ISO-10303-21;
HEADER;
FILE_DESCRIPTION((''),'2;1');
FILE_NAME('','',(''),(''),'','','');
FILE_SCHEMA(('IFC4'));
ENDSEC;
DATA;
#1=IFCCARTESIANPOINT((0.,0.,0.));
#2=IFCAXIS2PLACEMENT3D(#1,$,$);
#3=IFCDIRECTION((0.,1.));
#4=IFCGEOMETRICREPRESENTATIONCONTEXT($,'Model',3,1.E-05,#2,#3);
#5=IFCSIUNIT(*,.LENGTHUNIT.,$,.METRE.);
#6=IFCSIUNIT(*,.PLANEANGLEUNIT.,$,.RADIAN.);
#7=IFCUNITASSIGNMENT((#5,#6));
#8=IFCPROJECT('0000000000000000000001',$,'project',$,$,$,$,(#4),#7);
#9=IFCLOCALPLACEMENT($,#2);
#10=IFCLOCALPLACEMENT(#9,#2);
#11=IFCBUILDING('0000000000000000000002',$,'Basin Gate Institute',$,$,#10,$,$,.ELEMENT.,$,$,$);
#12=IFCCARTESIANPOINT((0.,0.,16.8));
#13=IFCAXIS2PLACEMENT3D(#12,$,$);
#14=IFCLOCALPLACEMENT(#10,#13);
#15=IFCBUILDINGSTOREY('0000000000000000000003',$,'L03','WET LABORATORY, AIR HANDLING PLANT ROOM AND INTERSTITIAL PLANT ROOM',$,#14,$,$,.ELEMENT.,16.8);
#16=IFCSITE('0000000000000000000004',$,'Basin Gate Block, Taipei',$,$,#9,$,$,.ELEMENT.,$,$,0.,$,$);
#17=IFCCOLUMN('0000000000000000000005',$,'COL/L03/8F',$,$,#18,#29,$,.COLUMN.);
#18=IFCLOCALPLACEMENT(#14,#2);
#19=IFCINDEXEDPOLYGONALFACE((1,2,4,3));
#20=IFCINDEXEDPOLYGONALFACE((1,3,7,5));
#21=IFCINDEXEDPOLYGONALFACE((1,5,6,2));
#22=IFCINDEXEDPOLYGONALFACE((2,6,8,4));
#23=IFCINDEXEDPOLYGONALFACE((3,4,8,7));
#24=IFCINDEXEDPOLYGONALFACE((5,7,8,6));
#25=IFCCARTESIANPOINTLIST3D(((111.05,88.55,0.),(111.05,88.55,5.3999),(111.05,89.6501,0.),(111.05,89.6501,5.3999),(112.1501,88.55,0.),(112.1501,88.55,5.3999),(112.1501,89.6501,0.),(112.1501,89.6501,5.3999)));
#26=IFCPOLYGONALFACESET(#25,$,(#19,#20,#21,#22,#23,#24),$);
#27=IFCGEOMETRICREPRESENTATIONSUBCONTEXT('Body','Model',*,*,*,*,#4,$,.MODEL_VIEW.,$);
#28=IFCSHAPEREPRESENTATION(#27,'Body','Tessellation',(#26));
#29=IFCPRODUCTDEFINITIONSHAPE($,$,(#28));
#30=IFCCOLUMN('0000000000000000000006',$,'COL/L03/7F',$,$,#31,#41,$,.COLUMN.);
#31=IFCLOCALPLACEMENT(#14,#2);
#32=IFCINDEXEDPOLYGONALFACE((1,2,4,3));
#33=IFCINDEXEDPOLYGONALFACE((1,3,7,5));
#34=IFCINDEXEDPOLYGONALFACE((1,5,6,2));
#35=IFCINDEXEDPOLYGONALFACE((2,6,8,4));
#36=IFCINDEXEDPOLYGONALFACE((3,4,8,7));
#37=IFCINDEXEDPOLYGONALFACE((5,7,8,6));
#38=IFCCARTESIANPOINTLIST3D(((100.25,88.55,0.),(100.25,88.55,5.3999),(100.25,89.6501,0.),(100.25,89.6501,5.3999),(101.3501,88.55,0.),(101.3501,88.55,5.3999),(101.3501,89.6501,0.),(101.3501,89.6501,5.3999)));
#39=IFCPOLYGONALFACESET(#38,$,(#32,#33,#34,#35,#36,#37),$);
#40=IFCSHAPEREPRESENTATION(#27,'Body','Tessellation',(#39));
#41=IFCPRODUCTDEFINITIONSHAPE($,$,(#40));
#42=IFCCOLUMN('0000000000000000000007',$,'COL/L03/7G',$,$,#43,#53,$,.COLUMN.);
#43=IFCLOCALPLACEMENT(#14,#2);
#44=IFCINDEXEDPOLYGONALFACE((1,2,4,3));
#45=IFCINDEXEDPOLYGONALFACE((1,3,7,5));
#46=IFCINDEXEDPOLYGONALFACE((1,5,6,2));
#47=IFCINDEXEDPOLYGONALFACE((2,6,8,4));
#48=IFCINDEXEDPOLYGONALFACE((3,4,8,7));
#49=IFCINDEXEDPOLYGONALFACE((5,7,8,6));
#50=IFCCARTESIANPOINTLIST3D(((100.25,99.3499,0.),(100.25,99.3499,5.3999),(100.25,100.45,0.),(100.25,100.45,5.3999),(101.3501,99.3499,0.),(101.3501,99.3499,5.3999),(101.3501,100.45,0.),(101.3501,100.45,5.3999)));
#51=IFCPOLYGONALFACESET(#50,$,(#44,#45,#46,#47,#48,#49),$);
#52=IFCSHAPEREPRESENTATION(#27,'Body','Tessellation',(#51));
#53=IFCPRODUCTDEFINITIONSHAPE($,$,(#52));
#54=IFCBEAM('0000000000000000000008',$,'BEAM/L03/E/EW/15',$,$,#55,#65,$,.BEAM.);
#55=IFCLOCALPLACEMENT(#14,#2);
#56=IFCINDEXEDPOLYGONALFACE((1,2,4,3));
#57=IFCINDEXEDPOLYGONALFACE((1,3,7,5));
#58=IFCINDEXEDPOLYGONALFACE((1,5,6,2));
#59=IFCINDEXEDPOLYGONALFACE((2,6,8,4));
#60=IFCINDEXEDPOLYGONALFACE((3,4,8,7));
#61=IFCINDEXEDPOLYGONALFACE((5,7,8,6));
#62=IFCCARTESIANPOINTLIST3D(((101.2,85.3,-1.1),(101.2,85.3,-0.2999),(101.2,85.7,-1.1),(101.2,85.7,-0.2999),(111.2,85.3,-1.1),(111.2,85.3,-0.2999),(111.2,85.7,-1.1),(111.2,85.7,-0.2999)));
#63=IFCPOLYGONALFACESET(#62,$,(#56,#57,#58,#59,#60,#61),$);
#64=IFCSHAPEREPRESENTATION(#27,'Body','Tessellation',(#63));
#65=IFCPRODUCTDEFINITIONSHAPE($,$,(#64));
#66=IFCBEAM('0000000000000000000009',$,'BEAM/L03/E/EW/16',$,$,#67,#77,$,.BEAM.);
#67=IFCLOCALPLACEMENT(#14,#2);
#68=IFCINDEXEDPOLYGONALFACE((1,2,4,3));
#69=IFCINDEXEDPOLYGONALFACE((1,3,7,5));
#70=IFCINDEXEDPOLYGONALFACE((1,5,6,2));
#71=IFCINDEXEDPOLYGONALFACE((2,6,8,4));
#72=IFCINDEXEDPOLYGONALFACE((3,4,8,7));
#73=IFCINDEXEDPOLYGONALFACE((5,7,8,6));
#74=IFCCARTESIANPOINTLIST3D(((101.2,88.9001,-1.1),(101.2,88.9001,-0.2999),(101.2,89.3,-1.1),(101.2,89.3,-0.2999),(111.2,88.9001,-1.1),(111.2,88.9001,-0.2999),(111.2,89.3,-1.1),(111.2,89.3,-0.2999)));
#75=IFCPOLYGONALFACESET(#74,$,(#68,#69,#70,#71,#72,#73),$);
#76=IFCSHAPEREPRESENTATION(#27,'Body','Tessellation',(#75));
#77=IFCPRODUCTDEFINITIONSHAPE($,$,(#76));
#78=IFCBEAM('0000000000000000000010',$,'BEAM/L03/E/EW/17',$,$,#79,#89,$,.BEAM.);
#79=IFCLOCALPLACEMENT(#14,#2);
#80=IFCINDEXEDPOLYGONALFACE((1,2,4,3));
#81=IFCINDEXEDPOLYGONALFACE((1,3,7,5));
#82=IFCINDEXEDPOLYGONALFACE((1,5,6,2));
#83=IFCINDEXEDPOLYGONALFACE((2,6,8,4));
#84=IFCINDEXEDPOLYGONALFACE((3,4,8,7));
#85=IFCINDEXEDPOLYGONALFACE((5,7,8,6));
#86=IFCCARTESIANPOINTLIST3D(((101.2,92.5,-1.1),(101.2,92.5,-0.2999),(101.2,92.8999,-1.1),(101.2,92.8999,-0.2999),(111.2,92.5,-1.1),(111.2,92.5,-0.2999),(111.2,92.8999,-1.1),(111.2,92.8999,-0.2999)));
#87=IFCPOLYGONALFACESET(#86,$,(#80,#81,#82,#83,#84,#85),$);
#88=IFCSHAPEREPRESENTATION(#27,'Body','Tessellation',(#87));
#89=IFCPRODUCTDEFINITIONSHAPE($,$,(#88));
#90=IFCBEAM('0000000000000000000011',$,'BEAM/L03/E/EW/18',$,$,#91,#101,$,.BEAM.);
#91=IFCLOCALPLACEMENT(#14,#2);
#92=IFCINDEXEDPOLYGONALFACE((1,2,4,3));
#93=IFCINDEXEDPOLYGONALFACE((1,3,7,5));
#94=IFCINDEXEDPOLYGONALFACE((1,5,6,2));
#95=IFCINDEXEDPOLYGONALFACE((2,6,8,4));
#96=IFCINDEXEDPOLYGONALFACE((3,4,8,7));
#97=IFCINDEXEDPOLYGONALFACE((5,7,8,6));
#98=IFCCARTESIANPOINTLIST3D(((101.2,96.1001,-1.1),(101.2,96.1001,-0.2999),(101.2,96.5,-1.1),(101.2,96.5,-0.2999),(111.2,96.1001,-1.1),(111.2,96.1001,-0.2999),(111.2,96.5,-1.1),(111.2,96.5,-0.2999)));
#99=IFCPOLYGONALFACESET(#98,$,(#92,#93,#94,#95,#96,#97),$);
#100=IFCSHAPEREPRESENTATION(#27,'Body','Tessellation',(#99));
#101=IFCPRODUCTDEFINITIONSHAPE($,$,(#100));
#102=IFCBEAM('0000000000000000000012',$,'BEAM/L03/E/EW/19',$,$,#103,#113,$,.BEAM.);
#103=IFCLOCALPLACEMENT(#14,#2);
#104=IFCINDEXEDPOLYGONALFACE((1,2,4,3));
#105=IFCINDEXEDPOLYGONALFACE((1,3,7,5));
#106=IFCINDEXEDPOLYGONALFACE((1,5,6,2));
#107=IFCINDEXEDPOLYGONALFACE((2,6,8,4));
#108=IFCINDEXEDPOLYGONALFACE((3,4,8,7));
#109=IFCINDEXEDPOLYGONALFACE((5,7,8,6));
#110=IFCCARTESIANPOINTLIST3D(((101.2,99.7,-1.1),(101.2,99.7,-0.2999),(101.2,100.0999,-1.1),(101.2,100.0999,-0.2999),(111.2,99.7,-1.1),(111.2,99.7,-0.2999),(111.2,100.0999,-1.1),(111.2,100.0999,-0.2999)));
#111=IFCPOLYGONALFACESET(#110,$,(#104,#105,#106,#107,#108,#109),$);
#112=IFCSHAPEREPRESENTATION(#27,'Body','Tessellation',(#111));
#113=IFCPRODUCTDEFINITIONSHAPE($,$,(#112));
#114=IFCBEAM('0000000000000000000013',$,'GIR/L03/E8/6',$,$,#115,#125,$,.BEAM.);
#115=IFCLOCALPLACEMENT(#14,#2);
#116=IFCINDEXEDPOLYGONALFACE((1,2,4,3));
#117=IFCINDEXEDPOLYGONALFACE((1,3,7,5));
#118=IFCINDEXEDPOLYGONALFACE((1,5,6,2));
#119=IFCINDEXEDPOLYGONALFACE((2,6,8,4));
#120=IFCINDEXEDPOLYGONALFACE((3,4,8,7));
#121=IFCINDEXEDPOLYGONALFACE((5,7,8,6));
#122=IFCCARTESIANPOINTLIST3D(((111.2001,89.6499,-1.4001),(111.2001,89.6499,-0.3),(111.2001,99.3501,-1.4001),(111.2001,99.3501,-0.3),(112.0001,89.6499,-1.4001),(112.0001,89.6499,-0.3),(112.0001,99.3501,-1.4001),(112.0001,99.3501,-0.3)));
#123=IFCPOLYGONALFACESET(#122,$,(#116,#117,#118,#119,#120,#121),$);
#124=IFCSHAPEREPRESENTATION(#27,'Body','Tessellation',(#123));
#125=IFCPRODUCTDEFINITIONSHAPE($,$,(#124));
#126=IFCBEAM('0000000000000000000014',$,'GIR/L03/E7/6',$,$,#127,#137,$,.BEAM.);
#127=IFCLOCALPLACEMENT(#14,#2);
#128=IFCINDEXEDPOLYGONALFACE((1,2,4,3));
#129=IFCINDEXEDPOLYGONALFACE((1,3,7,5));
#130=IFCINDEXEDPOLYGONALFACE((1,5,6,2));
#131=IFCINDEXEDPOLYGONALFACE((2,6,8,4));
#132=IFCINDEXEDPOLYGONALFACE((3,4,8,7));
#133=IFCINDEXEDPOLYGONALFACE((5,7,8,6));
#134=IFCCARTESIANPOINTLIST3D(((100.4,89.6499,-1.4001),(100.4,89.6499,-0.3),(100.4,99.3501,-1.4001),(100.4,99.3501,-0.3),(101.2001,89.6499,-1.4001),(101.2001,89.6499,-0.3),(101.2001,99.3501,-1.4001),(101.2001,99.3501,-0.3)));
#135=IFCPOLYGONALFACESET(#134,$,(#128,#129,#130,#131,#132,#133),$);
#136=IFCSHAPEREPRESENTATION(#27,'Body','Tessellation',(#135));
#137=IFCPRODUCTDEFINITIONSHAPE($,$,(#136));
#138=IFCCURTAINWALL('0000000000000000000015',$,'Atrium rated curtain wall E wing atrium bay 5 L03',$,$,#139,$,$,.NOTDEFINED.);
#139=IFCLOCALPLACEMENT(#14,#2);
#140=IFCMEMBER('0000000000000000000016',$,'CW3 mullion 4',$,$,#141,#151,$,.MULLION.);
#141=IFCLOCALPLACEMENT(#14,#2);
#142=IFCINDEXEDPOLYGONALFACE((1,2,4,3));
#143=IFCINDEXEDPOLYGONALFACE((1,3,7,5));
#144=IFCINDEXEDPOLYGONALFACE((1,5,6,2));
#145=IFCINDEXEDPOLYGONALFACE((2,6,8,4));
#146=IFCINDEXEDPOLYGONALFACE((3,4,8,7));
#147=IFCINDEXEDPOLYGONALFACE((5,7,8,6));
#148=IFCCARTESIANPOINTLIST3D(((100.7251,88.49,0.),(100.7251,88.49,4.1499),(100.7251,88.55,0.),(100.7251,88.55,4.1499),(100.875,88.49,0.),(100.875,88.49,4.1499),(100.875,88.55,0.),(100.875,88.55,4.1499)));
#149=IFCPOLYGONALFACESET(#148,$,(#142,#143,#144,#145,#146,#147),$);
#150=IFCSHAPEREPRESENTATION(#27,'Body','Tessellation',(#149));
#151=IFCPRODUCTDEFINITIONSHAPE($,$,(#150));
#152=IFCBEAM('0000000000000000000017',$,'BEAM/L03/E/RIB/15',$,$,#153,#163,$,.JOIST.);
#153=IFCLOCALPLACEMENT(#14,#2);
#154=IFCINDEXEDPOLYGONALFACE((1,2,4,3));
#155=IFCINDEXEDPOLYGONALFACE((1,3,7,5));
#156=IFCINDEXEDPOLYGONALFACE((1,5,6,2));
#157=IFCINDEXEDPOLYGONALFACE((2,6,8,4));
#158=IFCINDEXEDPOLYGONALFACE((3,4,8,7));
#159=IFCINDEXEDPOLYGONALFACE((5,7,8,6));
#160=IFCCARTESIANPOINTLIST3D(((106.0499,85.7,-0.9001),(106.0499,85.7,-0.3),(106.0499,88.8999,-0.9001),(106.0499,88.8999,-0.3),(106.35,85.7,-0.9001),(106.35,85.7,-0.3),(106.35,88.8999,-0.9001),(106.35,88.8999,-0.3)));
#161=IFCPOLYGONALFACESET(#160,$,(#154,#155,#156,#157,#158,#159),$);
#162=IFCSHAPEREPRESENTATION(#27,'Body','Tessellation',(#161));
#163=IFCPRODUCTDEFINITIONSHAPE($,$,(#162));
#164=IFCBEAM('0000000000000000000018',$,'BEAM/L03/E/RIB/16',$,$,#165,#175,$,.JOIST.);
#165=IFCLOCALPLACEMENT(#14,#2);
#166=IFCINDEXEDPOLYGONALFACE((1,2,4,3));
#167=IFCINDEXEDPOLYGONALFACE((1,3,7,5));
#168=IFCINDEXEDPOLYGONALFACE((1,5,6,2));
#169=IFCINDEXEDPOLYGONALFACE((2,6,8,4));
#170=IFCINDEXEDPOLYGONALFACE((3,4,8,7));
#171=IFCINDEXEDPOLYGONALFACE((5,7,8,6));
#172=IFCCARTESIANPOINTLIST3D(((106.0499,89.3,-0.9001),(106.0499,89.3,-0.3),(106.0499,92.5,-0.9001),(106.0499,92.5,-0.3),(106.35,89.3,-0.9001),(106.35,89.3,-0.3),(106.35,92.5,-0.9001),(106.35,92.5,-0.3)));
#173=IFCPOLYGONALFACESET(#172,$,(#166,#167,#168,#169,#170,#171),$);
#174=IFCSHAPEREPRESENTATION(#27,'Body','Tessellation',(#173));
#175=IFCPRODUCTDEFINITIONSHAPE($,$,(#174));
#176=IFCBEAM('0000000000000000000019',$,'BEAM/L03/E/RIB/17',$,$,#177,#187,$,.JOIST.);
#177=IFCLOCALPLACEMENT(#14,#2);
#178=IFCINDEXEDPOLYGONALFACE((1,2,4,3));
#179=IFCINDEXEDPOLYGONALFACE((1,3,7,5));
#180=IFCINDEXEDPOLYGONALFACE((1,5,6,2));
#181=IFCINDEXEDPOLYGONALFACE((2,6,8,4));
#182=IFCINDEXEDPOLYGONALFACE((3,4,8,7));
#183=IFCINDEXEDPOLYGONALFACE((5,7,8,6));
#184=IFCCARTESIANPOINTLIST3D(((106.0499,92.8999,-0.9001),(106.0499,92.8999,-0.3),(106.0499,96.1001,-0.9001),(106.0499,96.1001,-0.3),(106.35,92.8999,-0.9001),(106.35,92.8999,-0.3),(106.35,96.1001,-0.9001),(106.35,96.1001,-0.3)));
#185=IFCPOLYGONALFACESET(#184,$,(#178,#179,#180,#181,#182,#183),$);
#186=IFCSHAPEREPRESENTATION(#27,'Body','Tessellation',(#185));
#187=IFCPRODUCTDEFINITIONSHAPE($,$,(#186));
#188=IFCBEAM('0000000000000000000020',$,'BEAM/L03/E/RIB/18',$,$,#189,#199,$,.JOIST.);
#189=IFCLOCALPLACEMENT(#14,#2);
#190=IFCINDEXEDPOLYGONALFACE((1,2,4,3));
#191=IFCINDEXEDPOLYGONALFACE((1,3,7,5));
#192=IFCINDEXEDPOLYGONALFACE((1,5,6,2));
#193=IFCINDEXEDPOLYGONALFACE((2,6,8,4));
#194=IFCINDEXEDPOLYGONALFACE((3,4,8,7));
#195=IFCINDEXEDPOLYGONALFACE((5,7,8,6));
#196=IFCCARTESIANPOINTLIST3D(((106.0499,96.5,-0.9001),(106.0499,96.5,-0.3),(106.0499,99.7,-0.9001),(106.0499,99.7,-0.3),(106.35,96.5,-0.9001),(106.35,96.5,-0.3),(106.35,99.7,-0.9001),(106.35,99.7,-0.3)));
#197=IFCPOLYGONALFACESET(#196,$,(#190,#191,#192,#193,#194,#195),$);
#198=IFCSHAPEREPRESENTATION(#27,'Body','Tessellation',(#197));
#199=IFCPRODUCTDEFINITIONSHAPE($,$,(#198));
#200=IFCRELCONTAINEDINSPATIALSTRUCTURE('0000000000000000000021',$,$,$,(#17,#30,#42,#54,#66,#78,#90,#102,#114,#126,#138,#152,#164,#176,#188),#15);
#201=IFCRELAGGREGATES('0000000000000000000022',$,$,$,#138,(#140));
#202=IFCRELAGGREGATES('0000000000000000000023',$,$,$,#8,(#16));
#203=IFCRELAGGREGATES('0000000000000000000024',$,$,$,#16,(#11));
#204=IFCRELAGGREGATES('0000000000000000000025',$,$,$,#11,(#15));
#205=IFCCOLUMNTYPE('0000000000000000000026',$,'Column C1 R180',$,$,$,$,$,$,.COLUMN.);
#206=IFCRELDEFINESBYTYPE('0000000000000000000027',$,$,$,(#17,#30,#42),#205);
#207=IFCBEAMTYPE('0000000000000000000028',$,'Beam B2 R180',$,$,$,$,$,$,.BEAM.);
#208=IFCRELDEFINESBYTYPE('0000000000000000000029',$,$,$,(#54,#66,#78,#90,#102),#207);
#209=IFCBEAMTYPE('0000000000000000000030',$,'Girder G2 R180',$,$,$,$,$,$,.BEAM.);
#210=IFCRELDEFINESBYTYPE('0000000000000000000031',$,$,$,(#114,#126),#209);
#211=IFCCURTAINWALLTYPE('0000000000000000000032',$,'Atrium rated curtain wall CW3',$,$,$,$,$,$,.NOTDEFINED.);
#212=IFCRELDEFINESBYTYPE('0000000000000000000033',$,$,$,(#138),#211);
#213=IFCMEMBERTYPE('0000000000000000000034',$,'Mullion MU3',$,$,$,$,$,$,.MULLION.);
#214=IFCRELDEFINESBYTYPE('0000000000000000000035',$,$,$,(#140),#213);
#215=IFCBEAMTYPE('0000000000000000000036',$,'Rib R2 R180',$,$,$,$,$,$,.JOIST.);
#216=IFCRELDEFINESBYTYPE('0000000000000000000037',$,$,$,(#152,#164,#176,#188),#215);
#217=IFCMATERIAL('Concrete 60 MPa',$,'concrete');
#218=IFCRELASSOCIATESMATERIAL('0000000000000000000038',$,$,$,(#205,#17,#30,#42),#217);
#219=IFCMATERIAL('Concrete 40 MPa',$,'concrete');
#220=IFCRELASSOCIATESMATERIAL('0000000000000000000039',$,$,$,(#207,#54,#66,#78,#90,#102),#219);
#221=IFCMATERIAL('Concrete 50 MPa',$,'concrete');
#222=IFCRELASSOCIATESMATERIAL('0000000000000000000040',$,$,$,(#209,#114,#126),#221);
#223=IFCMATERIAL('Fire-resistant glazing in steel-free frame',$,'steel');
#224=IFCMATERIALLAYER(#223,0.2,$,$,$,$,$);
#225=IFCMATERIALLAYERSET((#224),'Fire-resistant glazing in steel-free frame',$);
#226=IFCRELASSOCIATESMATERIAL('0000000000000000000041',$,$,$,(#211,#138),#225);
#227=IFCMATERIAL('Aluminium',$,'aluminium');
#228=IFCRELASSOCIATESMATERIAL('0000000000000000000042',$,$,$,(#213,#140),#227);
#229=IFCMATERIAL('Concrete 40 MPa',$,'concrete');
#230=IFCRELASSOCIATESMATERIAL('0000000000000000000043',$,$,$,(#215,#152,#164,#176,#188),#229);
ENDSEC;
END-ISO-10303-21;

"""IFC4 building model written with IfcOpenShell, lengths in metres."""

from ifc_helpers import new_model, si_unit, direction, frame, origin, origin_2d, place, context, subcontext, project, spatial, rectangle, extrude, material, layer, layer_set, material_profile, profile_set, type_object, element, aggregate, save


model = new_model("IFC4")

# Units and contexts
model_context = context("Model", 3, precision=1e-05, world=origin(), true_north=direction((0.0, 1.0)))
body_context = subcontext(model_context, "Body", "Model", "MODEL_VIEW")
ifc_project = project(units=[si_unit("LENGTHUNIT", "METRE"), si_unit("PLANEANGLEUNIT", "RADIAN")], contexts=[model_context])

# Site, building, storey
site_placement = place(None, origin())
site = spatial("IfcSite", under=ifc_project, at=site_placement, Name="Basin Gate Block, Taipei", CompositionType="ELEMENT", RefElevation=0.0)
building_placement = place(site_placement, origin())
building = spatial("IfcBuilding", under=site, at=building_placement, Name="Basin Gate Institute", CompositionType="ELEMENT")
storey_placement = place(building_placement, frame((0.0, 0.0, 16.8)))
storey = spatial("IfcBuildingStorey", under=building, at=storey_placement, Name="L03", Description="WET LABORATORY, AIR HANDLING PLANT ROOM AND INTERSTITIAL PLANT ROOM", CompositionType="ELEMENT", Elevation=16.8)

# Columns
ifc_material_1 = material(Name="Concrete 60 MPa", Category="concrete")
ifc_material_profile_1 = material_profile(ifc_material_1, rectangle(XDim=1.1001, YDim=1.1001, at=origin_2d()), Name="Column C1 1100 x 1100")
ifc_profile_set_1 = profile_set([ifc_material_profile_1], Name="Concrete 60 MPa")
column_type = type_object("IfcColumnType", Name="Column C1 R180", PredefinedType="COLUMN", material=ifc_profile_set_1)
for number, where, z_axis, x_axis, name in (
    (1, (111.6001, 89.1001, 0.0), (0.0, 0.0, 1.0), (1.0, 0.0, 0.0), "COL/L03/8F"),
    (2, (100.8, 89.1001, 0.0), (0.0, 0.0, 1.0), (1.0, 0.0, 0.0), "COL/L03/7F"),
    (3, (100.8, 99.8999, 0.0), (0.0, 0.0, 1.0), (1.0, 0.0, 0.0), "COL/L03/7G"),
):
    element("IfcColumn", number, at=place(storey_placement, frame(where, z_axis=z_axis, x_axis=x_axis)), inside=storey, type_object=column_type, material=ifc_profile_set_1, Name=name, PredefinedType="COLUMN", context=body_context, shape_type="SweptSolid", body=[
        extrude(rectangle(XDim=1.1001, YDim=1.1001, at=origin_2d()), origin(), (0.0, 0.0, 1.0), 5.3999),
    ])

# Beams
ifc_material_2 = material(Name="Concrete 40 MPa", Category="concrete")
ifc_material_profile_2 = material_profile(ifc_material_2, rectangle(XDim=0.3999, YDim=0.8, at=origin_2d()), Name="Beam B2 400 x 800")
ifc_profile_set_2 = profile_set([ifc_material_profile_2], Name="Concrete 40 MPa")
beam_type_1 = type_object("IfcBeamType", Name="Beam B2 R180", PredefinedType="BEAM", material=ifc_profile_set_2)
for number, where, z_axis, x_axis, name in (
    (4, (111.2, 85.5, -0.7), (-1.0, 0.0, 0.0), (0.0, -1.0, 0.0), "BEAM/L03/E/EW/15"),
    (5, (111.2, 89.1001, -0.7), (-1.0, 0.0, 0.0), (0.0, -1.0, 0.0), "BEAM/L03/E/EW/16"),
    (6, (111.2, 92.7, -0.7), (-1.0, 0.0, 0.0), (0.0, -1.0, 0.0), "BEAM/L03/E/EW/17"),
    (7, (111.2, 96.3, -0.7), (-1.0, 0.0, 0.0), (0.0, -1.0, 0.0), "BEAM/L03/E/EW/18"),
    (8, (111.2, 99.8999, -0.7), (-1.0, 0.0, 0.0), (0.0, -1.0, 0.0), "BEAM/L03/E/EW/19"),
):
    element("IfcBeam", number, at=place(storey_placement, frame(where, z_axis=z_axis, x_axis=x_axis)), inside=storey, type_object=beam_type_1, material=ifc_profile_set_2, Name=name, PredefinedType="BEAM", context=body_context, shape_type="SweptSolid", body=[
        extrude(rectangle(XDim=0.3999, YDim=0.8, at=origin_2d()), origin(), (0.0, 0.0, 1.0), 10.0),
    ])
ifc_material_3 = material(Name="Concrete 50 MPa", Category="concrete")
ifc_material_profile_3 = material_profile(ifc_material_3, rectangle(XDim=0.8, YDim=1.1001, at=origin_2d()), Name="Girder G2 800 x 1100")
ifc_profile_set_3 = profile_set([ifc_material_profile_3], Name="Concrete 50 MPa")
beam_type_2 = type_object("IfcBeamType", Name="Girder G2 R180", PredefinedType="BEAM", material=ifc_profile_set_3)
for number, where, z_axis, x_axis, name in (
    (9, (111.6001, 89.6499, -0.8501), (0.0, 1.0, 0.0), (-1.0, 0.0, 0.0), "GIR/L03/E8/6"),
    (10, (100.8, 89.6499, -0.8501), (0.0, 1.0, 0.0), (-1.0, 0.0, 0.0), "GIR/L03/E7/6"),
):
    element("IfcBeam", number, at=place(storey_placement, frame(where, z_axis=z_axis, x_axis=x_axis)), inside=storey, type_object=beam_type_2, material=ifc_profile_set_3, Name=name, PredefinedType="BEAM", context=body_context, shape_type="SweptSolid", body=[
        extrude(rectangle(XDim=0.8, YDim=1.1001, at=origin_2d()), origin(), (0.0, 0.0, 1.0), 9.7002),
    ])

# Curtain wall, member
ifc_material_4 = material(Name="Fire-resistant glazing in steel-free frame", Category="steel")
ifc_layer_1 = layer(ifc_material_4, 0.2)
ifc_layer_set_1 = layer_set([ifc_layer_1], Name="Fire-resistant glazing in steel-free frame")
curtain_wall_type = type_object("IfcCurtainWallType", Name="Atrium rated curtain wall CW3", PredefinedType="NOTDEFINED", material=ifc_layer_set_1)
curtain_wall_placement = place(storey_placement, origin())
curtain_wall = element("IfcCurtainWall", 11, at=curtain_wall_placement, inside=storey, type_object=curtain_wall_type, material=ifc_layer_set_1, Name="Atrium rated curtain wall E wing atrium bay 5 L03", PredefinedType="NOTDEFINED")
ifc_material_5 = material(Name="Aluminium", Category="aluminium")
ifc_material_profile_4 = material_profile(ifc_material_5, rectangle(XDim=0.1499, YDim=0.0601, at=origin_2d()), Name="Mullion MU3 150 x 60")
ifc_profile_set_4 = profile_set([ifc_material_profile_4], Name="Aluminium")
member_type_1 = type_object("IfcMemberType", Name="Mullion MU3", PredefinedType="MULLION", material=ifc_profile_set_4)
member_1_placement = place(storey_placement, frame((100.8, 88.52, 0.0), z_axis=(0.0, 0.0, 1.0), x_axis=(-1.0, 0.0, 0.0)))
member_1 = element("IfcMember", 12, at=member_1_placement, type_object=member_type_1, material=ifc_profile_set_4, Name="CW3 mullion 4", PredefinedType="MULLION", context=body_context, shape_type="SweptSolid", body=[
    extrude(rectangle(XDim=0.1499, YDim=0.0601, at=origin_2d()), origin(), (0.0, 0.0, 1.0), 4.1499),
])

# Beams
ifc_material_6 = material(Name="Concrete 40 MPa", Category="concrete")
ifc_material_profile_5 = material_profile(ifc_material_6, rectangle(XDim=0.3, YDim=0.6001, at=origin_2d()), Name="Rib R2 300 x 600")
ifc_profile_set_5 = profile_set([ifc_material_profile_5], Name="Concrete 40 MPa")
beam_type_3 = type_object("IfcBeamType", Name="Rib R2 R180", PredefinedType="JOIST", material=ifc_profile_set_5)
for number, where, z_axis, x_axis, name in (
    (13, (106.2, 85.7, -0.6001), (0.0, 1.0, 0.0), (-1.0, 0.0, 0.0), "BEAM/L03/E/RIB/15"),
    (14, (106.2, 89.3, -0.6001), (0.0, 1.0, 0.0), (-1.0, 0.0, 0.0), "BEAM/L03/E/RIB/16"),
):
    element("IfcBeam", number, at=place(storey_placement, frame(where, z_axis=z_axis, x_axis=x_axis)), inside=storey, type_object=beam_type_3, material=ifc_profile_set_5, Name=name, PredefinedType="JOIST", context=body_context, shape_type="SweptSolid", body=[
        extrude(rectangle(XDim=0.3, YDim=0.6001, at=origin_2d()), origin(), (0.0, 0.0, 1.0), 3.2),
    ])
beam_1_placement = place(storey_placement, frame((106.2, 92.8999, -0.6001), z_axis=(0.0, 1.0, 0.0), x_axis=(-1.0, 0.0, 0.0)))
element("IfcBeam", 15, at=beam_1_placement, inside=storey, type_object=beam_type_3, material=ifc_profile_set_5, Name="BEAM/L03/E/RIB/17", PredefinedType="JOIST", context=body_context, shape_type="SweptSolid", body=[
    extrude(rectangle(XDim=0.3, YDim=0.6001, at=origin_2d()), origin(), (0.0, 0.0, 1.0), 3.2002),
])
beam_2_placement = place(storey_placement, frame((106.2, 96.5, -0.6001), z_axis=(0.0, 1.0, 0.0), x_axis=(-1.0, 0.0, 0.0)))
element("IfcBeam", 16, at=beam_2_placement, inside=storey, type_object=beam_type_3, material=ifc_profile_set_5, Name="BEAM/L03/E/RIB/18", PredefinedType="JOIST", context=body_context, shape_type="SweptSolid", body=[
    extrude(rectangle(XDim=0.3, YDim=0.6001, at=origin_2d()), origin(), (0.0, 0.0, 1.0), 3.2),
])

aggregate(curtain_wall, [member_1])

save(model, "model.ifc")
